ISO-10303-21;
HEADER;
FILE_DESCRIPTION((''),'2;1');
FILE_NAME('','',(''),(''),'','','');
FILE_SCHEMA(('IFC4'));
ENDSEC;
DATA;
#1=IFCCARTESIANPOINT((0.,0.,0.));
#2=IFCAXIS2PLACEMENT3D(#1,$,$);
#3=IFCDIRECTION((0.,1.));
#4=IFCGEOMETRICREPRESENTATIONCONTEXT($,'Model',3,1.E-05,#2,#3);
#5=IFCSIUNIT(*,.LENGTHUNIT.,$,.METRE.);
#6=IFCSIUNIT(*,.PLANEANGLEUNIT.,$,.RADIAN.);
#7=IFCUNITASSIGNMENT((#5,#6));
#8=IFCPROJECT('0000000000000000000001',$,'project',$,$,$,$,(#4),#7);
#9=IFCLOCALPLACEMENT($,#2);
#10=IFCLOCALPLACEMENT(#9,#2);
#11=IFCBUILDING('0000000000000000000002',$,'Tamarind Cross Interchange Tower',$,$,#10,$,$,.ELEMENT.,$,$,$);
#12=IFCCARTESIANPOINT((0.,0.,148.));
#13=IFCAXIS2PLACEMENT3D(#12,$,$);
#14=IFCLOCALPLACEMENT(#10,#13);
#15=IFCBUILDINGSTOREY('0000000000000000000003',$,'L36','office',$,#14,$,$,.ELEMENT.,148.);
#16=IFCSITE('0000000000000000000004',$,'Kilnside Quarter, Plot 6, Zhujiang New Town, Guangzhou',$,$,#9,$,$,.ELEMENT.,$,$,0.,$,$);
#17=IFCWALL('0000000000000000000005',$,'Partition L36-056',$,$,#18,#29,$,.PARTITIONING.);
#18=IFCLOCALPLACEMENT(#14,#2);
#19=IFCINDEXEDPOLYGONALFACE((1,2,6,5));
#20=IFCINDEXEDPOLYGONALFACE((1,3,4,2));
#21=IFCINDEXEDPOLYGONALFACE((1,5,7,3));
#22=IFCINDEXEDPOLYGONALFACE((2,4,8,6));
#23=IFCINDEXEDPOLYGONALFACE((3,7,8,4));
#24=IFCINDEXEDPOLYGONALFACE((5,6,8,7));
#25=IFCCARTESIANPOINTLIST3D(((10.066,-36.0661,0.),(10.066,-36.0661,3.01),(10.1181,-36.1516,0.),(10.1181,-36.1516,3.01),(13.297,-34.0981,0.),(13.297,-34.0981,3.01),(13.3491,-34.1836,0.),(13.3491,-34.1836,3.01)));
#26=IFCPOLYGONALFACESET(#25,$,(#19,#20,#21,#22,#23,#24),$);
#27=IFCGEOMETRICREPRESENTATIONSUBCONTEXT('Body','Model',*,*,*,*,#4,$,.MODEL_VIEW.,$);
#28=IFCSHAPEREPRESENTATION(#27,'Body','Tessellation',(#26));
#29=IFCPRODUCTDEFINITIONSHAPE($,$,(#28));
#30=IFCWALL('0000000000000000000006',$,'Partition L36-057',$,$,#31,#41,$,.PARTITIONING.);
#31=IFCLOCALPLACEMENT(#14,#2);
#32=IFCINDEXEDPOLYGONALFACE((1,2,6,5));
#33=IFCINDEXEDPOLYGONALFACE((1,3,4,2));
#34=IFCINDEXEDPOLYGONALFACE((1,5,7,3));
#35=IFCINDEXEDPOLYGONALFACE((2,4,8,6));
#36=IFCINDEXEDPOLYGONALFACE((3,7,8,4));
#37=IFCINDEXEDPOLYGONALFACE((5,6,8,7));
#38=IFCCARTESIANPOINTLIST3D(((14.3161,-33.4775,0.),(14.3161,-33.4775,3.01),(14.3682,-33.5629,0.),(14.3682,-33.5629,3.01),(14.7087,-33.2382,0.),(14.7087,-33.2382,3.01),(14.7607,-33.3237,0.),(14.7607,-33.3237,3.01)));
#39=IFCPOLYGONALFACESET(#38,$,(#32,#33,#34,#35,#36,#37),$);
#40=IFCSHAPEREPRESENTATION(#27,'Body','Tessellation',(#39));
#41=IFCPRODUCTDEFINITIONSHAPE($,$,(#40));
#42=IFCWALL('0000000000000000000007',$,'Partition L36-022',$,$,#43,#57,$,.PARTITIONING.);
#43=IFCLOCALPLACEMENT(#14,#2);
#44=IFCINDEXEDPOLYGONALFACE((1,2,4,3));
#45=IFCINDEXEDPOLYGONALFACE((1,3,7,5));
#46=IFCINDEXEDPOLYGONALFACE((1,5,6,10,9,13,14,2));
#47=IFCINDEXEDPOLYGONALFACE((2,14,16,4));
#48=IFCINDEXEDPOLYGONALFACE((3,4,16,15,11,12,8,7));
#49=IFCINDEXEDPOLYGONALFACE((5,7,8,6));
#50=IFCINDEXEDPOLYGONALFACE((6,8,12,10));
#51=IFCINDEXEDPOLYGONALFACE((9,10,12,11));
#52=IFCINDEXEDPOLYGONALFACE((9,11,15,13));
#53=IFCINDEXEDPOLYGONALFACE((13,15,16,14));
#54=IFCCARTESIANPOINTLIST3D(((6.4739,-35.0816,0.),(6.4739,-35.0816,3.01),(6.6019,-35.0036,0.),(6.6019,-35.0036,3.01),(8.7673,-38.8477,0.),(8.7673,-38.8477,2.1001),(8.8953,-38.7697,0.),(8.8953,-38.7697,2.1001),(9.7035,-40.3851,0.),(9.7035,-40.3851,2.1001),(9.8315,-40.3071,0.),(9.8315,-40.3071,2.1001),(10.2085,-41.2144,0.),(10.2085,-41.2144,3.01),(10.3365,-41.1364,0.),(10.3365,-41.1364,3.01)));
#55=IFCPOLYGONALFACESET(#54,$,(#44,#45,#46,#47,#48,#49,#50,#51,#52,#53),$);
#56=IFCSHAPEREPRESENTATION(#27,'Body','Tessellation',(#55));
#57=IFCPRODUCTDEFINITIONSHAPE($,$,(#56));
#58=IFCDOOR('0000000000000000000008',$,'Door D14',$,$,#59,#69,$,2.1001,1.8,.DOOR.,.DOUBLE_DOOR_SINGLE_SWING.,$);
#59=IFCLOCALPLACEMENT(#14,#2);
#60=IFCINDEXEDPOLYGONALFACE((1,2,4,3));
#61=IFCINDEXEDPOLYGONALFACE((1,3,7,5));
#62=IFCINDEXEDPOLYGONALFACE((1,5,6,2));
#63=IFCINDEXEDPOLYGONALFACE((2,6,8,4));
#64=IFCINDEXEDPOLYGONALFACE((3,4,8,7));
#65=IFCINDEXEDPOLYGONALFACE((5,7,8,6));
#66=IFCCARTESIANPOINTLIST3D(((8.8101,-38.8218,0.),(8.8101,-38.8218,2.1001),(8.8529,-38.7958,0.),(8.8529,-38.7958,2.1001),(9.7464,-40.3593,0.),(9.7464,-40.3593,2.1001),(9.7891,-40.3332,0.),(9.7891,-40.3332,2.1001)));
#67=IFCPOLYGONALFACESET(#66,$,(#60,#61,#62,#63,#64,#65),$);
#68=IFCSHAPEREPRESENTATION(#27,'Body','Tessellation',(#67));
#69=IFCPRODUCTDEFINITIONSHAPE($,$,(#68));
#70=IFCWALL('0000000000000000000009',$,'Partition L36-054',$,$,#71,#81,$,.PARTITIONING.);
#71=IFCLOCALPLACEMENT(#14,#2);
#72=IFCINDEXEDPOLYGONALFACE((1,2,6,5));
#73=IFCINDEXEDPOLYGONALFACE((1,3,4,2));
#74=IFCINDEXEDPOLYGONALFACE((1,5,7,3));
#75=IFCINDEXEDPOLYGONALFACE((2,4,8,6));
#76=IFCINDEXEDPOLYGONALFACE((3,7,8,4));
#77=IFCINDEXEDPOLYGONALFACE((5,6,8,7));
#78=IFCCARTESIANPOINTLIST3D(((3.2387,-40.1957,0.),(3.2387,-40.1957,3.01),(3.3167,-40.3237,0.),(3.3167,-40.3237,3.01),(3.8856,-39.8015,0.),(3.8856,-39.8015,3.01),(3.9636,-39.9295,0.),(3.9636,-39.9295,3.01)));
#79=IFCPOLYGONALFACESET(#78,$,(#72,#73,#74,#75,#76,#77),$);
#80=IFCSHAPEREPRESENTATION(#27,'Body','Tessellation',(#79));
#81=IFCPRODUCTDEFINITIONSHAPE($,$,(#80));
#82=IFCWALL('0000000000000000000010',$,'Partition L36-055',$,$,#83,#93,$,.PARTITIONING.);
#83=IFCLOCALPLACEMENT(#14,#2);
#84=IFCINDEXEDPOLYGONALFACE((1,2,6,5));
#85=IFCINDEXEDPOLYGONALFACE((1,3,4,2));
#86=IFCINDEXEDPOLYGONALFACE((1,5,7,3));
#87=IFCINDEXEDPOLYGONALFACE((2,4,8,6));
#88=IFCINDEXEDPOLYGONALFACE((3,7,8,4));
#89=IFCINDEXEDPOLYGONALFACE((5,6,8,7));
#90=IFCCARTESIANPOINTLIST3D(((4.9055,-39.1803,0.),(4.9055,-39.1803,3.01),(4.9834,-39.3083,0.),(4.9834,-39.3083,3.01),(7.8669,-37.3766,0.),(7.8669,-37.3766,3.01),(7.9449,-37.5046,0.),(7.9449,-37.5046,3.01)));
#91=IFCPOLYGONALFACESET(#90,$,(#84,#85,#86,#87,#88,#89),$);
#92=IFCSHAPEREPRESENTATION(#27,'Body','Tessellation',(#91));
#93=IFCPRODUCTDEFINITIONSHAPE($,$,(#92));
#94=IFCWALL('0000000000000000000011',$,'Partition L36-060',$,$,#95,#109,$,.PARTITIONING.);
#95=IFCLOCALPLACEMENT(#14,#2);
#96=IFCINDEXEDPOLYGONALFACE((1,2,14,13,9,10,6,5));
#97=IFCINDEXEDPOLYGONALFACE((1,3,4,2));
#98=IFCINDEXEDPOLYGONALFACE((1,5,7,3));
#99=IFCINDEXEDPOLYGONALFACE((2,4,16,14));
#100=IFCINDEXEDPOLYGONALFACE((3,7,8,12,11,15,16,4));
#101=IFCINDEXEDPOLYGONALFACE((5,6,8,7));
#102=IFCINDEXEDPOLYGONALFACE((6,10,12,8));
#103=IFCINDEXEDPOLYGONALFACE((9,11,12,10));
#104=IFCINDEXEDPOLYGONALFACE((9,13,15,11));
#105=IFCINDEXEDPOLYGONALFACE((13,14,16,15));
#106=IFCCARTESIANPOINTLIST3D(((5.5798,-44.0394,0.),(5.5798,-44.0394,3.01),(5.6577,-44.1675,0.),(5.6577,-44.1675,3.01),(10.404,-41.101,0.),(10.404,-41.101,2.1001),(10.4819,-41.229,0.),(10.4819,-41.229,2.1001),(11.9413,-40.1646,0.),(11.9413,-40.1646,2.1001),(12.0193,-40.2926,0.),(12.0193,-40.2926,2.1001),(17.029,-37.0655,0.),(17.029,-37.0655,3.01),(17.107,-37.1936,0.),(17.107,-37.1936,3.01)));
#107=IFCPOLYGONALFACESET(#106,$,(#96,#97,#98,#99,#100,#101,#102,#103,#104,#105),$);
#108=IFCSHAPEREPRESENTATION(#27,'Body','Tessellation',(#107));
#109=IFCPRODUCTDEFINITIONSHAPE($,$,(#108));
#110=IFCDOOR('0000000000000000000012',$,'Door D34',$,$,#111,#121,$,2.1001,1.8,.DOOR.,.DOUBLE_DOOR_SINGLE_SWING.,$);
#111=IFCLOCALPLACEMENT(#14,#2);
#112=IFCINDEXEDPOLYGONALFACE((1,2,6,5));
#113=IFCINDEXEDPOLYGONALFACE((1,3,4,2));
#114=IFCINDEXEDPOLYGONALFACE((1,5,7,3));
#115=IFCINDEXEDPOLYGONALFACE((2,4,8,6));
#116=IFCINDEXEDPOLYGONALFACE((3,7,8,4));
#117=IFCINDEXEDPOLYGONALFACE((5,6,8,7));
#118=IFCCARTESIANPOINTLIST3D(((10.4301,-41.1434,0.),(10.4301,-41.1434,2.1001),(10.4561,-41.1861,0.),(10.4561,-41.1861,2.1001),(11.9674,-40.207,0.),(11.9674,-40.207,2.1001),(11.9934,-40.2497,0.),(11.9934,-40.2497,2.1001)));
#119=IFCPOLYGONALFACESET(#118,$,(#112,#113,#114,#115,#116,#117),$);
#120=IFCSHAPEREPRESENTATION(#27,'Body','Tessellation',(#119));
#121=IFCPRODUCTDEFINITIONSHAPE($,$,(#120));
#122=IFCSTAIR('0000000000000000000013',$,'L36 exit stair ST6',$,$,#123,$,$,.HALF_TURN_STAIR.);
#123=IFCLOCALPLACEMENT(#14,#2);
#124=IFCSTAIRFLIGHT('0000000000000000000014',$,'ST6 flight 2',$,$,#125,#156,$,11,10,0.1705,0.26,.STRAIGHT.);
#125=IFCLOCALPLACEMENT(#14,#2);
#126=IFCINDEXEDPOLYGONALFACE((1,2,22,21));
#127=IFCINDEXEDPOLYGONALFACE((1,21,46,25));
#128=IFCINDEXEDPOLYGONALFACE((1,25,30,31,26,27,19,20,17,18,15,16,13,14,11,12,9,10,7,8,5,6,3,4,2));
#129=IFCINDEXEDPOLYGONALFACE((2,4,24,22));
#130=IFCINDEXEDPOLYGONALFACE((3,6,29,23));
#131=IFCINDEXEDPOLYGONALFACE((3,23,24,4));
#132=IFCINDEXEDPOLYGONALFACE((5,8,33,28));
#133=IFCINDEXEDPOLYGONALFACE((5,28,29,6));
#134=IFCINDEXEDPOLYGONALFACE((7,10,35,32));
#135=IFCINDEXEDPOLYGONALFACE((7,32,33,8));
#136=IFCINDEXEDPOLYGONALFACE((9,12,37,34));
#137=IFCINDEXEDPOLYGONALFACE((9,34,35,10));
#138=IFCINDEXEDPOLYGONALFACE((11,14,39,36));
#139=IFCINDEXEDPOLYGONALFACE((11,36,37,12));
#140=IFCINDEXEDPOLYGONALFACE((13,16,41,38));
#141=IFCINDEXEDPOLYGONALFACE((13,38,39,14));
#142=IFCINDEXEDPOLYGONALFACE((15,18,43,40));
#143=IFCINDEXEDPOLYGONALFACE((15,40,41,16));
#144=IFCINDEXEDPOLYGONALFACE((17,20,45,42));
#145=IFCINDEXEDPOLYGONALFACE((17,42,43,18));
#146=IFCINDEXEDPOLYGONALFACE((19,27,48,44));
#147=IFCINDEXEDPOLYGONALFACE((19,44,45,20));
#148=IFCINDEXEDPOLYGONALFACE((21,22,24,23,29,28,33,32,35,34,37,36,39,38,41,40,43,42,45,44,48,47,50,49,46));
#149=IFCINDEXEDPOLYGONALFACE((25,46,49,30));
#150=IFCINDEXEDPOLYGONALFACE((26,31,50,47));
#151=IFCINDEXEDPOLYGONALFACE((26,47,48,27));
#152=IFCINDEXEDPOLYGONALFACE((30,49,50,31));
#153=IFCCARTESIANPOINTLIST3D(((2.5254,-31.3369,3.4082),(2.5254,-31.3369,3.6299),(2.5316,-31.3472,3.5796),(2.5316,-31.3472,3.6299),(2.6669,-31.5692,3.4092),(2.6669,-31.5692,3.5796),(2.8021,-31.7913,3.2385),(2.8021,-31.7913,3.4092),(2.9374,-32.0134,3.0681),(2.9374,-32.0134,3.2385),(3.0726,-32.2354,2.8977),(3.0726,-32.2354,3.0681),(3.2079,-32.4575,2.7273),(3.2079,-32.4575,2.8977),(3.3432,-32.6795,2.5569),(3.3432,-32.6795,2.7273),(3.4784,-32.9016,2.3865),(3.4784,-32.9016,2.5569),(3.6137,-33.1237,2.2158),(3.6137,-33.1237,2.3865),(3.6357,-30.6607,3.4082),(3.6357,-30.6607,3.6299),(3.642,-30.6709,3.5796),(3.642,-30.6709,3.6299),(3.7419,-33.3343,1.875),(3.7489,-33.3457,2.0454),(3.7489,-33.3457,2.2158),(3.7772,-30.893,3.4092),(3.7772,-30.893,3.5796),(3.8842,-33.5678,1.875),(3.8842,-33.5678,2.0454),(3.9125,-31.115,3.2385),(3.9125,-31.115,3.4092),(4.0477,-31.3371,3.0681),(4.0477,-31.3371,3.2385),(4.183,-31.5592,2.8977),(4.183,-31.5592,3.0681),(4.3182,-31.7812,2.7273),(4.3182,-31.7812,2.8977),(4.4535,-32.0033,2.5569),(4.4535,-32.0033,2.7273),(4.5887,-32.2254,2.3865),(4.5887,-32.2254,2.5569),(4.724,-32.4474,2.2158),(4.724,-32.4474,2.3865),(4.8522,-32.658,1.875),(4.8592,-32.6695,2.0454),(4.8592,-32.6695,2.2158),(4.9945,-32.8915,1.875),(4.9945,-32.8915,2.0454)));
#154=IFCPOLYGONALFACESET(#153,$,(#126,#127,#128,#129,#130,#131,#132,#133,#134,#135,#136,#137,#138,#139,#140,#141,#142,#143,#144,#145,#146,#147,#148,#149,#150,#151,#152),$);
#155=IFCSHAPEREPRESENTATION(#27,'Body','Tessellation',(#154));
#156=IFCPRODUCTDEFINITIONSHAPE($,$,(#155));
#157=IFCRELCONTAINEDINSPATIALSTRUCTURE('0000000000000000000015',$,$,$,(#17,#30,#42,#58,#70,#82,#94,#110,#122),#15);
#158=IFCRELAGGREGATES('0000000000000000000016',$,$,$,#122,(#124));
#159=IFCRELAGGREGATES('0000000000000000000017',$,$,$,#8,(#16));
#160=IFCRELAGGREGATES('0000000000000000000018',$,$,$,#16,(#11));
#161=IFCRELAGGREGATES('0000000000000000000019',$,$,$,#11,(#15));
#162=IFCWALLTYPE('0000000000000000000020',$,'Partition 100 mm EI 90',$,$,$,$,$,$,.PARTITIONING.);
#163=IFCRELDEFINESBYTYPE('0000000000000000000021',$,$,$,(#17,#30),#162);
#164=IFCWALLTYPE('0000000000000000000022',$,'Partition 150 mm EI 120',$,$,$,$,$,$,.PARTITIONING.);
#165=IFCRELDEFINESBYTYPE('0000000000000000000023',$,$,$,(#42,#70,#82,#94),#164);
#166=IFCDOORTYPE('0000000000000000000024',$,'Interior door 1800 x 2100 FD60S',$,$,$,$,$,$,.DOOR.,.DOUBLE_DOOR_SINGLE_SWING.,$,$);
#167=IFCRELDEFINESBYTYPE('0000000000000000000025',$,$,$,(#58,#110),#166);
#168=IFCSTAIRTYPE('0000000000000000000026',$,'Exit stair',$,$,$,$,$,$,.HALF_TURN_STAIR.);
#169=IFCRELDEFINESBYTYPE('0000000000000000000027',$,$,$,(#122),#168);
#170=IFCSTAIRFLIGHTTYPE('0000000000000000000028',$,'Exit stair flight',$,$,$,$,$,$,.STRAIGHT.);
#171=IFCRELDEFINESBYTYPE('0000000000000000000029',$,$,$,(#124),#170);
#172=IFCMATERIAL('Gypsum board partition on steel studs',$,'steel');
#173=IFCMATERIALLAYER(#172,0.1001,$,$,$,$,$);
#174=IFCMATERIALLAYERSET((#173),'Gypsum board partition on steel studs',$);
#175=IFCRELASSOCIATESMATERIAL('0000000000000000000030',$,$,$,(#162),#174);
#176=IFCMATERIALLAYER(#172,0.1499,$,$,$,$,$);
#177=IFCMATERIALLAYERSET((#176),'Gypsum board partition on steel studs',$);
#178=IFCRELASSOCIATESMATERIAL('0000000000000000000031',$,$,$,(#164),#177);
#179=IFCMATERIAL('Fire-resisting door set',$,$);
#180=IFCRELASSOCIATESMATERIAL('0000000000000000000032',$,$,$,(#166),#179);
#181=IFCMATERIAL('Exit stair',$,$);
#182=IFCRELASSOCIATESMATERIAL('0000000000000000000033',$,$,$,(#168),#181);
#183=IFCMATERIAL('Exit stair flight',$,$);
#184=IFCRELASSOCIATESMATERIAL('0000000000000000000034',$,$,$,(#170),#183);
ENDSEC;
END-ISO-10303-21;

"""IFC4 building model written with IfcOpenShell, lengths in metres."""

from ifc_helpers import new_model, si_unit, direction, frame, frame_2d, origin, place, context, subcontext, project, spatial, polyline, rectangle, outline, extrude, material, layer, layer_set, type_object, element, fill, aggregate, save


model = new_model("IFC4")

# Units and contexts
model_context = context("Model", 3, precision=1e-05, world=origin(), true_north=direction((0.0, 1.0)))
body_context = subcontext(model_context, "Body", "Model", "MODEL_VIEW")
ifc_project = project(units=[si_unit("LENGTHUNIT", "METRE"), si_unit("PLANEANGLEUNIT", "RADIAN")], contexts=[model_context])

# Site, building, storey
site_placement = place(None, origin())
site = spatial("IfcSite", under=ifc_project, at=site_placement, Name="Kilnside Quarter, Plot 6, Zhujiang New Town, Guangzhou", CompositionType="ELEMENT", RefElevation=0.0)
building_placement = place(site_placement, origin())
building = spatial("IfcBuilding", under=site, at=building_placement, Name="Tamarind Cross Interchange Tower", CompositionType="ELEMENT")
storey_placement = place(building_placement, frame((0.0, 0.0, 148.0)))
storey = spatial("IfcBuildingStorey", under=building, at=storey_placement, Name="L36", Description="office", CompositionType="ELEMENT", Elevation=148.0)

# Walls
ifc_material_1 = material(Name="Gypsum board partition on steel studs", Category="steel")
ifc_layer_1 = layer(ifc_material_1, 0.1001)
ifc_layer_set_1 = layer_set([ifc_layer_1], Name="Gypsum board partition on steel studs")
wall_type_1 = type_object("IfcWallType", Name="Partition 100 mm EI 90", PredefinedType="PARTITIONING", material=ifc_layer_set_1)
wall_1_placement = place(storey_placement, frame((10.092, -36.1089, 0.0), z_axis=(0.0, 0.0, 1.0), x_axis=(0.85404, 0.520207, 0.0)))
element("IfcWall", 1, at=wall_1_placement, inside=storey, type_object=wall_type_1, Name="Partition L36-056", PredefinedType="PARTITIONING", context=body_context, shape_type="SweptSolid", body=[
    extrude(rectangle(XDim=3.7832, YDim=0.1001, at=frame_2d((1.8916, 0.0))), origin(), (0.0, 0.0, 1.0), 3.01),
])
wall_2_placement = place(storey_placement, frame((14.342, -33.5203, 0.0), z_axis=(0.0, 0.0, 1.0), x_axis=(0.853911, 0.520419, 0.0)))
element("IfcWall", 2, at=wall_2_placement, inside=storey, type_object=wall_type_1, Name="Partition L36-057", PredefinedType="PARTITIONING", context=body_context, shape_type="SweptSolid", body=[
    extrude(rectangle(XDim=0.4597, YDim=0.1001, at=frame_2d((0.23, 0.0))), origin(), (0.0, 0.0, 1.0), 3.01),
])

# Wall, opening, door
ifc_layer_2 = layer(ifc_material_1, 0.1499)
ifc_layer_set_2 = layer_set([ifc_layer_2], Name="Gypsum board partition on steel studs")
wall_type_2 = type_object("IfcWallType", Name="Partition 150 mm EI 120", PredefinedType="PARTITIONING", material=ifc_layer_set_2)
wall_3_placement = place(storey_placement, frame((6.5378, -35.0425, 0.0), z_axis=(0.0, 0.0, 1.0), x_axis=(0.52011, -0.854099, 0.0)))
wall_3 = element("IfcWall", 3, at=wall_3_placement, inside=storey, type_object=wall_type_2, Name="Partition L36-022", PredefinedType="PARTITIONING", context=body_context, shape_type="SweptSolid", body=[
    extrude(rectangle(XDim=7.1804, YDim=0.1499, at=frame_2d((3.5903, 0.0))), origin(), (0.0, 0.0, 1.0), 3.01),
])
opening_1_placement = place(wall_3_placement, frame((4.4097, 0.0, 0.0)))
opening_1 = element("IfcOpeningElement", 4, at=opening_1_placement, cuts=wall_3, PredefinedType="OPENING", context=body_context, shape_type="SweptSolid", body=[
    extrude(rectangle(XDim=1.8, YDim=2.1001, at=frame_2d((0.8999, 1.05))), frame((0.0, 0.085, 0.0), z_axis=(0.0, -1.0, 0.0), x_axis=(1.0, 0.0, 0.0)), (0.0, 0.0, 1.0), 0.1699),
])
ifc_material_2 = material(Name="Fire-resisting door set")
door_type = type_object("IfcDoorType", Name="Interior door 1800 x 2100 FD60S", OperationType="DOUBLE_DOOR_SINGLE_SWING", PredefinedType="DOOR", material=ifc_material_2)
door_1_placement = place(opening_1_placement, frame((1.8, 0.0, 0.0), z_axis=(0.0, 0.0, 1.0), x_axis=(-1.0, 0.0, 0.0)))
door_1 = element("IfcDoor", 5, at=door_1_placement, inside=storey, type_object=door_type, Name="Door D14", OperationType="DOUBLE_DOOR_SINGLE_SWING", OverallHeight=2.1001, OverallWidth=1.8, PredefinedType="DOOR", context=body_context, shape_type="SweptSolid", body=[
    extrude(rectangle(XDim=1.8, YDim=2.1001, at=frame_2d((0.8999, 1.05))), frame((0.0, 0.0249, 0.0), z_axis=(0.0, -1.0, 0.0), x_axis=(1.0, 0.0, 0.0)), (0.0, 0.0, 1.0), 0.05),
])
fill(opening_1, door_1)

# Walls
wall_4_placement = place(storey_placement, frame((3.2776, -40.2598, 0.0), z_axis=(0.0, 0.0, 1.0), x_axis=(0.853918, 0.520407, 0.0)))
element("IfcWall", 6, at=wall_4_placement, inside=storey, type_object=wall_type_2, Name="Partition L36-054", PredefinedType="PARTITIONING", context=body_context, shape_type="SweptSolid", body=[
    extrude(rectangle(XDim=0.7576, YDim=0.1499, at=frame_2d((0.3789, 0.0))), origin(), (0.0, 0.0, 1.0), 3.01),
])
wall_5_placement = place(storey_placement, frame((4.9443, -39.2444, 0.0), z_axis=(0.0, 0.0, 1.0), x_axis=(0.854057, 0.520179, 0.0)))
element("IfcWall", 7, at=wall_5_placement, inside=storey, type_object=wall_type_2, Name="Partition L36-055", PredefinedType="PARTITIONING", context=body_context, shape_type="SweptSolid", body=[
    extrude(rectangle(XDim=3.4675, YDim=0.1499, at=frame_2d((1.7339, 0.0))), origin(), (0.0, 0.0, 1.0), 3.01),
])

# Wall, opening, door
wall_6_placement = place(storey_placement, frame((5.6187, -44.1035, 0.0), z_axis=(0.0, 0.0, 1.0), x_axis=(0.85404, 0.520207, 0.0)))
wall_6 = element("IfcWall", 8, at=wall_6_placement, inside=storey, type_object=wall_type_2, Name="Partition L36-060", PredefinedType="PARTITIONING", context=body_context, shape_type="SweptSolid", body=[
    extrude(rectangle(XDim=13.406, YDim=0.1499, at=frame_2d((6.7031, 0.0))), origin(), (0.0, 0.0, 1.0), 3.01),
])
opening_2_placement = place(wall_6_placement, frame((5.6489, 0.0, 0.0)))
opening_2 = element("IfcOpeningElement", 9, at=opening_2_placement, cuts=wall_6, PredefinedType="OPENING", context=body_context, shape_type="SweptSolid", body=[
    extrude(rectangle(XDim=1.8, YDim=2.1001, at=frame_2d((0.8999, 1.05))), frame((0.0, 0.085, 0.0), z_axis=(0.0, -1.0, 0.0), x_axis=(1.0, 0.0, 0.0)), (0.0, 0.0, 1.0), 0.1699),
])
door_2_placement = place(opening_2_placement, frame((1.8, 0.0, 0.0), z_axis=(0.0, 0.0, 1.0), x_axis=(-1.0, 0.0, 0.0)))
door_2 = element("IfcDoor", 10, at=door_2_placement, inside=storey, type_object=door_type, Name="Door D34", OperationType="DOUBLE_DOOR_SINGLE_SWING", OverallHeight=2.1001, OverallWidth=1.8, PredefinedType="DOOR", context=body_context, shape_type="SweptSolid", body=[
    extrude(rectangle(XDim=1.8, YDim=2.1001, at=frame_2d((0.8999, 1.05))), frame((0.0, 0.0249, 0.0), z_axis=(0.0, -1.0, 0.0), x_axis=(1.0, 0.0, 0.0)), (0.0, 0.0, 1.0), 0.05),
])
fill(opening_2, door_2)

# Stair, stair flight
ifc_material_3 = material(Name="Exit stair")
stair_type = type_object("IfcStairType", Name="Exit stair", PredefinedType="HALF_TURN_STAIR", material=ifc_material_3)
stair_placement = place(storey_placement, origin())
stair = element("IfcStair", 11, at=stair_placement, inside=storey, type_object=stair_type, Name="L36 exit stair ST6", PredefinedType="HALF_TURN_STAIR")
ifc_material_4 = material(Name="Exit stair flight")
stair_flight_type = type_object("IfcStairFlightType", Name="Exit stair flight", PredefinedType="STRAIGHT", material=ifc_material_4)
stair_flight_placement = place(storey_placement, frame((4.4392, -33.2297, 1.875), z_axis=(0.0, 0.0, 1.0), x_axis=(-0.520175, 0.85406, 0.0)))
stair_flight = element("IfcStairFlight", 12, at=stair_flight_placement, type_object=stair_flight_type, Name="ST6 flight 2", NumberOfRisers=11, NumberOfTreads=10, PredefinedType="STRAIGHT", RiserHeight=0.1705, TreadLength=0.26, context=body_context, shape_type="SweptSolid", body=[
    extrude(outline(polyline([(0.0, 0.0), (0.0, 0.1704), (0.26, 0.1704), (0.26, 0.3408), (0.52, 0.3408), (0.52, 0.5115), (0.78, 0.5115), (0.78, 0.6819), (1.04, 0.6819), (1.04, 0.8523), (1.3, 0.8523), (1.3, 1.0227), (1.5601, 1.0227), (1.5601, 1.1931), (1.8201, 1.1931), (1.8201, 1.3635), (2.0801, 1.3635), (2.0801, 1.5342), (2.3401, 1.5342), (2.3401, 1.7046), (2.6001, 1.7046), (2.6001, 1.7549), (2.6121, 1.7549), (2.6121, 1.5332), (0.2734, 0.0), (0.0, 0.0)])), frame((0.0, 0.6499, 0.0), z_axis=(0.0, -1.0, 0.0), x_axis=(1.0, 0.0, 0.0)), (0.0, 0.0, 1.0), 1.3),
])
aggregate(stair, [stair_flight])

save(model, "model.ifc")
